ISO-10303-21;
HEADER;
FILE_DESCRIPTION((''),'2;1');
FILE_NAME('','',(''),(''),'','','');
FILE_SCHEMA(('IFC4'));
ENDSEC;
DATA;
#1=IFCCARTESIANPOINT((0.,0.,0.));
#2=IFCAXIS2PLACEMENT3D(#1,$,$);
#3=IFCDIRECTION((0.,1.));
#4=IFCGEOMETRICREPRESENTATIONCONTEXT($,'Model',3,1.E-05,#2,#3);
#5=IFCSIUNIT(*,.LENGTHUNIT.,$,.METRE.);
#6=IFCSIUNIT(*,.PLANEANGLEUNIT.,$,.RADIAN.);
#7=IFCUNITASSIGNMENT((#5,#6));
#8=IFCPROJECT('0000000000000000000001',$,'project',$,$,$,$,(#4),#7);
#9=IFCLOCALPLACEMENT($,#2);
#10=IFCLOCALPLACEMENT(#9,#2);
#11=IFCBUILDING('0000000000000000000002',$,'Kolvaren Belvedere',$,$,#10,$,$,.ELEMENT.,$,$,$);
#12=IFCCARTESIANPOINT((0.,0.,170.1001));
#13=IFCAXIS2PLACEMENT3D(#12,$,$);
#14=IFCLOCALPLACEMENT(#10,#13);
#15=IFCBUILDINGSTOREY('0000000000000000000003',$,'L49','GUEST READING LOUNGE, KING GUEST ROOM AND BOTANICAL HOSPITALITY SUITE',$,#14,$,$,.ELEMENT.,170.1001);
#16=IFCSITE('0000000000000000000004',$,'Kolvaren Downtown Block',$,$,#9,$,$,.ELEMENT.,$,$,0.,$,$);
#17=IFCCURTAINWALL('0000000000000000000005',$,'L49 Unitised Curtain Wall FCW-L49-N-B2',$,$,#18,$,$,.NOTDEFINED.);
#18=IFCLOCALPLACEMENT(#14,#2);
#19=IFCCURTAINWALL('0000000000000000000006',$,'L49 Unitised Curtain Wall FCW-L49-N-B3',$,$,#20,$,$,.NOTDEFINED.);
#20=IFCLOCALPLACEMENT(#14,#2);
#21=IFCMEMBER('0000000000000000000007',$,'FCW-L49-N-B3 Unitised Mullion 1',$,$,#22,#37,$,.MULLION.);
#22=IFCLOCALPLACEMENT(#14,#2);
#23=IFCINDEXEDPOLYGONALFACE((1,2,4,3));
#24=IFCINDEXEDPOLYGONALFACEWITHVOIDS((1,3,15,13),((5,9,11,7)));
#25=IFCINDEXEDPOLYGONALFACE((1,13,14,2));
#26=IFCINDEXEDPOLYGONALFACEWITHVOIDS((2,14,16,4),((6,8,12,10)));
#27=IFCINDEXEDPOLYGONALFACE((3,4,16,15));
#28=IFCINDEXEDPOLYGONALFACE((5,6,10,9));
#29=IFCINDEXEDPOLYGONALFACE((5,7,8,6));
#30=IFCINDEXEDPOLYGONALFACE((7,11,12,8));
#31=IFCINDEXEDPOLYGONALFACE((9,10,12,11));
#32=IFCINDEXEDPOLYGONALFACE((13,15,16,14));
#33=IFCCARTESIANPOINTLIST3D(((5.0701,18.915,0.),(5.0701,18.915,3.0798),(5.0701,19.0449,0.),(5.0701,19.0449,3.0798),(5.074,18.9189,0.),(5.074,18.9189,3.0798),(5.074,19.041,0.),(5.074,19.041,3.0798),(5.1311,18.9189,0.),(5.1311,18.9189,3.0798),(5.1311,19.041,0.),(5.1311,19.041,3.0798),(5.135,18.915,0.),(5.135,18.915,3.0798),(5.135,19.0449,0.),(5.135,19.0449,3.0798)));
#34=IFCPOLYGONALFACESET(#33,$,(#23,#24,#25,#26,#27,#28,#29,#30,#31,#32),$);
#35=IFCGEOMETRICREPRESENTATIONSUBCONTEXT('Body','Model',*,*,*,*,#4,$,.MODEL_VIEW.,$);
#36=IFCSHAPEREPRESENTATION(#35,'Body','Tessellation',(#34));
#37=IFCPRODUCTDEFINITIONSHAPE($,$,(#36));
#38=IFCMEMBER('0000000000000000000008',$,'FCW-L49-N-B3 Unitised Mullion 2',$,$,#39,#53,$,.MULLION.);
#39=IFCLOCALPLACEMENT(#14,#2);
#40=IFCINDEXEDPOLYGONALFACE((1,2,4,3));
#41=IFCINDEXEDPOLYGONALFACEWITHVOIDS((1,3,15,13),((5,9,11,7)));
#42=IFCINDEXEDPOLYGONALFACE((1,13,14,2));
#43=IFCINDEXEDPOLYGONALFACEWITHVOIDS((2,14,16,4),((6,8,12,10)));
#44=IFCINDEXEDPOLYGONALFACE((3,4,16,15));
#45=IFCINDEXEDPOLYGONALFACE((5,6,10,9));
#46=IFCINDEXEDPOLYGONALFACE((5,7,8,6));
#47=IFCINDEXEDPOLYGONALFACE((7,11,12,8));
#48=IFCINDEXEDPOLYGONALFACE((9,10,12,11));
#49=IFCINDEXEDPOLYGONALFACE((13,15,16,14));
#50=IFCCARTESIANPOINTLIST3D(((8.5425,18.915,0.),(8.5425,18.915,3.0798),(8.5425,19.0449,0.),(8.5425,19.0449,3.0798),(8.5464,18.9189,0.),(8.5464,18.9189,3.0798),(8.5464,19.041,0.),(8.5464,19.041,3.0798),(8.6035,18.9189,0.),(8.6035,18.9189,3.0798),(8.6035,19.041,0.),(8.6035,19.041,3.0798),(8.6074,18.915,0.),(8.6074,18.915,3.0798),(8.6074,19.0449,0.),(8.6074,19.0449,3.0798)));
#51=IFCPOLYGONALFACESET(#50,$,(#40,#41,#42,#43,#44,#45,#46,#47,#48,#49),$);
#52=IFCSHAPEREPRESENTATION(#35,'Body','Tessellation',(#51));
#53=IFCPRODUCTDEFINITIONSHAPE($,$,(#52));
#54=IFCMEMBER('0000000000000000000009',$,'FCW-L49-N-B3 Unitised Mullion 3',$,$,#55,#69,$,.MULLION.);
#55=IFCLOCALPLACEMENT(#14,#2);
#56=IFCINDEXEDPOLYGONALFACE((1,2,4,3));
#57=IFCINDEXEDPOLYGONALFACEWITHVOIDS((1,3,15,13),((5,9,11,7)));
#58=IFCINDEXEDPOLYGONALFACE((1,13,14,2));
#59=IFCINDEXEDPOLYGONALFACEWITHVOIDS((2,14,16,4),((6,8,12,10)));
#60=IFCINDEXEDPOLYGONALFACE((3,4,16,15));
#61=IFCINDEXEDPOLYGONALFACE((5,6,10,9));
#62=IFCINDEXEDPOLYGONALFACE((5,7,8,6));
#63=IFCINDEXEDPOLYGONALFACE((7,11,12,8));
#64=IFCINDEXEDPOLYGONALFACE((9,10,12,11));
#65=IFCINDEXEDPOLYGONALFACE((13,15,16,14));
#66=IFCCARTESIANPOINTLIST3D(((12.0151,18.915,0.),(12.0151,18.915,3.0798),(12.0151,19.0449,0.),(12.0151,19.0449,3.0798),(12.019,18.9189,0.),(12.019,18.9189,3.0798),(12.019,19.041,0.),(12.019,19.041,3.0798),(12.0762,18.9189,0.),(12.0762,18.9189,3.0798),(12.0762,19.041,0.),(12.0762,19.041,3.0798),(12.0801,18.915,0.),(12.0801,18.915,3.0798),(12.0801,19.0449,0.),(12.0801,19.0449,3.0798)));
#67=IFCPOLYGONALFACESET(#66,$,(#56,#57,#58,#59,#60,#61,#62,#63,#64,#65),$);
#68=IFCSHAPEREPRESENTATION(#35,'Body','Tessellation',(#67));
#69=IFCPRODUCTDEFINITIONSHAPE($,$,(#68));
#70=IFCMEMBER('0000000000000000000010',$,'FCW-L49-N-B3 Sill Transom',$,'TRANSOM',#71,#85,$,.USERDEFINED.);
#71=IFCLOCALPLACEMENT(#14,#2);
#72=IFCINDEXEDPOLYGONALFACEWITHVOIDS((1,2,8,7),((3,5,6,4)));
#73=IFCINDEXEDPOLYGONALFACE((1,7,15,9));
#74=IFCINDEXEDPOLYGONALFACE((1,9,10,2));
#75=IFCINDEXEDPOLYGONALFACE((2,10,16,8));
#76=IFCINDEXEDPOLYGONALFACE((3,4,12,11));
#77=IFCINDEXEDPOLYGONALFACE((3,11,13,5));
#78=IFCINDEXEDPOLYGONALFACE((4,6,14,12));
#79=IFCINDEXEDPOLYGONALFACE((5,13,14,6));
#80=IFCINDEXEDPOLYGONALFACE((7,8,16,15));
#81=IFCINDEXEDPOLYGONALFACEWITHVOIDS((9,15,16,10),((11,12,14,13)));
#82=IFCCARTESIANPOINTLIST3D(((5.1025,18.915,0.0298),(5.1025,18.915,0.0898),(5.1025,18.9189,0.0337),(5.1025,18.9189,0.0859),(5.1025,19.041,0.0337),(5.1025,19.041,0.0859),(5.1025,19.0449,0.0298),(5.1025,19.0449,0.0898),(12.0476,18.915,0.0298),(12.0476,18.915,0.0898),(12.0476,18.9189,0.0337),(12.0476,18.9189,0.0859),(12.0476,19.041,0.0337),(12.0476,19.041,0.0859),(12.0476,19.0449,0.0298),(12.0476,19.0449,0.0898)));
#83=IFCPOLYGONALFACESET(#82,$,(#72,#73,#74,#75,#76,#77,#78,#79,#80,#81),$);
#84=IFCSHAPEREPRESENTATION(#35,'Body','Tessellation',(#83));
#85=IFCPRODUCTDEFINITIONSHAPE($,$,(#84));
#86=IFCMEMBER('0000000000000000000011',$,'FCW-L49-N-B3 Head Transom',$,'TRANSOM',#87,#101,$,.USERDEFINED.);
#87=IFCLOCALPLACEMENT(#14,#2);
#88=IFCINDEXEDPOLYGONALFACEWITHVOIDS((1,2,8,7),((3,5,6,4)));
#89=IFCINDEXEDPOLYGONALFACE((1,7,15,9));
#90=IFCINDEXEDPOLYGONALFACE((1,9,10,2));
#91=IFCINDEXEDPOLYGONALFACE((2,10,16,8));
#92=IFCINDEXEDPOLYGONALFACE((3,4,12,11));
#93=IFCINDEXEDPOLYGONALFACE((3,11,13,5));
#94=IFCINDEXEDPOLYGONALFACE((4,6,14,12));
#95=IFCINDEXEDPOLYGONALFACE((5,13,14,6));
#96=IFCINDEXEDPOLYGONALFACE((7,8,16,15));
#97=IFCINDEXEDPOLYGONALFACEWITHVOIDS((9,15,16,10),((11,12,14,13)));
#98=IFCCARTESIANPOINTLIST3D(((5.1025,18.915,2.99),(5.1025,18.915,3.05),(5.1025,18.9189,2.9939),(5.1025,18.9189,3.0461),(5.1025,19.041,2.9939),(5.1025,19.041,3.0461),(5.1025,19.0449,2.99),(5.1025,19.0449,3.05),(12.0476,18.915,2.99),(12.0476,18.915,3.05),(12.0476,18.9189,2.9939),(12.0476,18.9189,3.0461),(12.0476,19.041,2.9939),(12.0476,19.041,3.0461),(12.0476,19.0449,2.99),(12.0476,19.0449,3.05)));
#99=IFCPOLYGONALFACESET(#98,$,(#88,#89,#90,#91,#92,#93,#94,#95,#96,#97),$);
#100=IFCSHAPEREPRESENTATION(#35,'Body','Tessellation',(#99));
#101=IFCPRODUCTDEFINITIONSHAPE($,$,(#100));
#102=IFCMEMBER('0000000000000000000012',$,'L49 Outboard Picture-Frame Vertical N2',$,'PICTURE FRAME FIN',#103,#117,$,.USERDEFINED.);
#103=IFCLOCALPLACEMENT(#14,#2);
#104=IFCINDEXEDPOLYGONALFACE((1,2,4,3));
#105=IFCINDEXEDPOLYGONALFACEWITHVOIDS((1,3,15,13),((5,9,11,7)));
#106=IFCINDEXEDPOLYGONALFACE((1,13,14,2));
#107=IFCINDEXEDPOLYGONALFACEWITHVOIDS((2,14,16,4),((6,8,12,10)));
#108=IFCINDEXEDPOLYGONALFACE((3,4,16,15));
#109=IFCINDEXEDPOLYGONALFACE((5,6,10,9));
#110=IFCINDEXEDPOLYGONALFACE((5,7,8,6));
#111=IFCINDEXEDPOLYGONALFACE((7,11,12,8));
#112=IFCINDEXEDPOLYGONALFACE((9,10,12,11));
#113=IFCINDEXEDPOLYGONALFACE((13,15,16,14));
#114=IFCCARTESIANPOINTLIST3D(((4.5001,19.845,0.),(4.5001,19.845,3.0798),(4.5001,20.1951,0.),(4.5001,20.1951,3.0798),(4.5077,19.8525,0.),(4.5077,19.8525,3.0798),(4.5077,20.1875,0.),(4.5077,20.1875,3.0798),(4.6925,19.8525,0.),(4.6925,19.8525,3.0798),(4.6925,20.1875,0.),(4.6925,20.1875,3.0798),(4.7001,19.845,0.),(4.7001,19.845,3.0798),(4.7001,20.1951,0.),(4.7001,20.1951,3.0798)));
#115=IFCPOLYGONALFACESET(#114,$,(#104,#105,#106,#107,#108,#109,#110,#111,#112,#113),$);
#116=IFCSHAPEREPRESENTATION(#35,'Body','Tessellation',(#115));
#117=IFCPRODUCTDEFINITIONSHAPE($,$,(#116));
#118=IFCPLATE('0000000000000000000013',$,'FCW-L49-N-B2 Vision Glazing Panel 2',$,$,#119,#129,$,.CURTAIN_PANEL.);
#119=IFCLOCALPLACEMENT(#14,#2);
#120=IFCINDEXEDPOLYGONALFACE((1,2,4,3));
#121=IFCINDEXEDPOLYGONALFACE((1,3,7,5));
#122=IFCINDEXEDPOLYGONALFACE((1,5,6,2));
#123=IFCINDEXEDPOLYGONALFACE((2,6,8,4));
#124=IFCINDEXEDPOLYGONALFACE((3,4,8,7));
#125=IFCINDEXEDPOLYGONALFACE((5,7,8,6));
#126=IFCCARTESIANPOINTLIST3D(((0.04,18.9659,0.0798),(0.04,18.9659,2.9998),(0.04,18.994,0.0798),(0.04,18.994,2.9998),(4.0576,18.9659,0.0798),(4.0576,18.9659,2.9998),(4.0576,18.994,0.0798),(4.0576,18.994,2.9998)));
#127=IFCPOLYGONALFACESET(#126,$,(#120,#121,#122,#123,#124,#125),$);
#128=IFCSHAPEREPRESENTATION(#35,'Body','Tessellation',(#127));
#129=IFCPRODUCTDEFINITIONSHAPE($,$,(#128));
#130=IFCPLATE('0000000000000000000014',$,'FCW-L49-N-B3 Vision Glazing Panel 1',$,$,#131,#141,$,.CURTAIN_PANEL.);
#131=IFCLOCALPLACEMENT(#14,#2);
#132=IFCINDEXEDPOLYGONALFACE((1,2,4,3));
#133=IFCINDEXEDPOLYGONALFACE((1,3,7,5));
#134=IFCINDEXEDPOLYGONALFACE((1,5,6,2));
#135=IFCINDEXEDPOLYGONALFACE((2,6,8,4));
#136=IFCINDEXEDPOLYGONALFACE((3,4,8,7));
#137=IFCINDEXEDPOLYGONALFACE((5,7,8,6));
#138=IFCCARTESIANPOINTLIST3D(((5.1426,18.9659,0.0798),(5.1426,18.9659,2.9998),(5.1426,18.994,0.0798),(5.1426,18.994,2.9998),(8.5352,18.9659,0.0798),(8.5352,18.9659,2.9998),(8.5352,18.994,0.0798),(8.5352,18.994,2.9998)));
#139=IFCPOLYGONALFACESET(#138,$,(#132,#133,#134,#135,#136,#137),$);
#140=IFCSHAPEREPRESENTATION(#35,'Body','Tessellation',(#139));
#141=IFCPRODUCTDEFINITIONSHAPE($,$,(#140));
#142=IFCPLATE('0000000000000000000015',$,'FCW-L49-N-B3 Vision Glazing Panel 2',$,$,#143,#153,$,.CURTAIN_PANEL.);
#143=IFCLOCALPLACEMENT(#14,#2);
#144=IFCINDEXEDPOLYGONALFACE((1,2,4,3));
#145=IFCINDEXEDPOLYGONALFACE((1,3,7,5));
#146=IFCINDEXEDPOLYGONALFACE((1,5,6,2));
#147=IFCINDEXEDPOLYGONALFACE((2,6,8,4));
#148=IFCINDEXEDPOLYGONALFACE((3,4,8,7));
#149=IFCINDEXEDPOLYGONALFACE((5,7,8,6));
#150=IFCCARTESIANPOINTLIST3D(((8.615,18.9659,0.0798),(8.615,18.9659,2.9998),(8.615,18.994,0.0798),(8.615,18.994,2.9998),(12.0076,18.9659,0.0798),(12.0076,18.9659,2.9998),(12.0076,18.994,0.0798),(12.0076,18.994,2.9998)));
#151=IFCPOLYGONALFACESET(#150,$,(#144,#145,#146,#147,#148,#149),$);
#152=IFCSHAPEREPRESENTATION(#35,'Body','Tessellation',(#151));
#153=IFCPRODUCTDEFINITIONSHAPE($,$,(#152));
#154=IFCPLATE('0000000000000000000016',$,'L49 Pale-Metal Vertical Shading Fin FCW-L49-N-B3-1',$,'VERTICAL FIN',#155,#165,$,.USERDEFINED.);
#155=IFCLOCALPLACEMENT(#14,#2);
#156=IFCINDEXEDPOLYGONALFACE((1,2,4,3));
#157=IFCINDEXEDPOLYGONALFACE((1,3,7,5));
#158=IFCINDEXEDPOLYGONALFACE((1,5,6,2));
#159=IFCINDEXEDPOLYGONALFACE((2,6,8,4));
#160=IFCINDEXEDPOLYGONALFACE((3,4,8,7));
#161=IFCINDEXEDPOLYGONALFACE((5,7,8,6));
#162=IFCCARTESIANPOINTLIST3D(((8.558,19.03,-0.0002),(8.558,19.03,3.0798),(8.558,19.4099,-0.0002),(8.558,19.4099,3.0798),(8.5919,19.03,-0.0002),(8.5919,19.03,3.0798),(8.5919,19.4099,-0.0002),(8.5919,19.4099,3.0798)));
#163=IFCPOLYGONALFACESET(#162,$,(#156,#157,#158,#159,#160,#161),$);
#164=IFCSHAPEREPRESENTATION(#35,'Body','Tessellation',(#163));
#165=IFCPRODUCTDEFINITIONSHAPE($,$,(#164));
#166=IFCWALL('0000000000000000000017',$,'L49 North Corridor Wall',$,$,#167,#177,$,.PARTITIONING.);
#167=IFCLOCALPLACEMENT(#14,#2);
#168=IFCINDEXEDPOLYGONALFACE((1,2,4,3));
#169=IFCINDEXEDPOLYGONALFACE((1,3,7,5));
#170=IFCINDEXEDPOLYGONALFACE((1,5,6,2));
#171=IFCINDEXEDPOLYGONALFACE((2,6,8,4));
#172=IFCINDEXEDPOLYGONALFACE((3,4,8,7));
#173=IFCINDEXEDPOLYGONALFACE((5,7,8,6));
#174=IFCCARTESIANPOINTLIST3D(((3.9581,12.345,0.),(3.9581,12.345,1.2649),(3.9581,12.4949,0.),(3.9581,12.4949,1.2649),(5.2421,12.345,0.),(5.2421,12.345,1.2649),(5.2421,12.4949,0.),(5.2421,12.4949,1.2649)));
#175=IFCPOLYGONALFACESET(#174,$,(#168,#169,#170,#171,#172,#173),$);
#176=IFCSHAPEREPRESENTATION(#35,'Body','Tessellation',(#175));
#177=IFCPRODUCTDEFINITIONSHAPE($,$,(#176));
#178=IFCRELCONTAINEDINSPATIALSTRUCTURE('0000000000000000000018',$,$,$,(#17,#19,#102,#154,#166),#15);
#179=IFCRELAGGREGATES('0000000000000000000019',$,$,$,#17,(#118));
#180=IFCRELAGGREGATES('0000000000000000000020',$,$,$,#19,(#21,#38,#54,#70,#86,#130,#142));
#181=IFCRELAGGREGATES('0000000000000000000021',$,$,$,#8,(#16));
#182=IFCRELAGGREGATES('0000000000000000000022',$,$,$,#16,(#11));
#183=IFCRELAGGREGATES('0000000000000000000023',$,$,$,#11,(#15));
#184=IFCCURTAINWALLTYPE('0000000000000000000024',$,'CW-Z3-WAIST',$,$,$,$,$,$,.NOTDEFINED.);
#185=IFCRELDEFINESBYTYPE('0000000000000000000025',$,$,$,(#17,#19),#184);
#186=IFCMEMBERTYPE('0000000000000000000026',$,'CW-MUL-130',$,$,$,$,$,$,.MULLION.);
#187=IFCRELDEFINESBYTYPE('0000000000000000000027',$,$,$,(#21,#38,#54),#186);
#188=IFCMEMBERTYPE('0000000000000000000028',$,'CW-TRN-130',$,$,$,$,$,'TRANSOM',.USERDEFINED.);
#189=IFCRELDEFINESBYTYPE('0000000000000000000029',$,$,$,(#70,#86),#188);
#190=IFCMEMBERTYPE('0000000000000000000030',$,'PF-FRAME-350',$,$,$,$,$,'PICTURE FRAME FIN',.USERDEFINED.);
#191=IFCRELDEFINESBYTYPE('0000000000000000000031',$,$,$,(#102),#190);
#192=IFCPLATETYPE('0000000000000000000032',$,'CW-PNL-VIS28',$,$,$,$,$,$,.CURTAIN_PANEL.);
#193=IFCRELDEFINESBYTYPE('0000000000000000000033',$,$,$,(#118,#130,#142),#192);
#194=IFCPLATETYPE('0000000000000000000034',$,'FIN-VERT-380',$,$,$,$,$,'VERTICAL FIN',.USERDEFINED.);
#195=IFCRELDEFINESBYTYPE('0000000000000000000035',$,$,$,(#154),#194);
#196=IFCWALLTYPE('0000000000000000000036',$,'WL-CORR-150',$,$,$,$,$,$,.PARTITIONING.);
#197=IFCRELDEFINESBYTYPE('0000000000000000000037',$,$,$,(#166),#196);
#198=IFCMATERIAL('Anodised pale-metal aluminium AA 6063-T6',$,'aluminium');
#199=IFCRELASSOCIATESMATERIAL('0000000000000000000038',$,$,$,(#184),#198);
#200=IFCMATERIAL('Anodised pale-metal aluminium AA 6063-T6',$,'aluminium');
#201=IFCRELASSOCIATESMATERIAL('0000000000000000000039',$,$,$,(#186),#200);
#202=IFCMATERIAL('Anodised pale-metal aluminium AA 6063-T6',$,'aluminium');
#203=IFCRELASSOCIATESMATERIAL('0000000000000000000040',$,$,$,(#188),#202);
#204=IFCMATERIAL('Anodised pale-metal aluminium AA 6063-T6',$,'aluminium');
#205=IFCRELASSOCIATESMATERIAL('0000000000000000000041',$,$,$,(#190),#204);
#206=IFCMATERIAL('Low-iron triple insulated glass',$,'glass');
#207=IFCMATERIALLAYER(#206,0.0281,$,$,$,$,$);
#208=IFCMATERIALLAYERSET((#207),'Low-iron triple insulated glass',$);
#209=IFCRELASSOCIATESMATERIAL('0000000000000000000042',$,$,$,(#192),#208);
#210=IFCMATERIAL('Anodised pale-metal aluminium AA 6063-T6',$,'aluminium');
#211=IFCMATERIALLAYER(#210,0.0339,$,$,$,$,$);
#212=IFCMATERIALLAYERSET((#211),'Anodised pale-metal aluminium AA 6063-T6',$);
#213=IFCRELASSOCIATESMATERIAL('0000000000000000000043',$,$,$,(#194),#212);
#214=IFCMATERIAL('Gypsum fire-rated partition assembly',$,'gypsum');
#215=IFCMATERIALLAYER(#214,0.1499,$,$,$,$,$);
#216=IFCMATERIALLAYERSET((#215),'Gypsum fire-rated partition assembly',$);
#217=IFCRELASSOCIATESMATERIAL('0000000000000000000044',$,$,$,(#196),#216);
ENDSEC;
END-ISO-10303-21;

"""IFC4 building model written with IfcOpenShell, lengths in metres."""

from ifc_helpers import new_model, si_unit, direction, frame, frame_2d, origin, origin_2d, place, context, subcontext, project, spatial, rectangle, hollow_rectangle, extrude, material, layer, layer_set, material_profile, profile_set, type_object, element, aggregate, save


model = new_model("IFC4")

# Units and contexts
model_context = context("Model", 3, precision=1e-05, world=origin(), true_north=direction((0.0, 1.0)))
body_context = subcontext(model_context, "Body", "Model", "MODEL_VIEW")
ifc_project = project(units=[si_unit("LENGTHUNIT", "METRE"), si_unit("PLANEANGLEUNIT", "RADIAN")], contexts=[model_context])

# Site, building, storey
site_placement = place(None, origin())
site = spatial("IfcSite", under=ifc_project, at=site_placement, Name="Kolvaren Downtown Block", CompositionType="ELEMENT", RefElevation=0.0)
building_placement = place(site_placement, origin())
building = spatial("IfcBuilding", under=site, at=building_placement, Name="Kolvaren Belvedere", CompositionType="ELEMENT")
storey_placement = place(building_placement, frame((0.0, 0.0, 170.1001)))
storey = spatial("IfcBuildingStorey", under=building, at=storey_placement, Name="L49", Description="GUEST READING LOUNGE, KING GUEST ROOM AND BOTANICAL HOSPITALITY SUITE", CompositionType="ELEMENT", Elevation=170.1001)

# Curtain wall
ifc_material_1 = material(Name="Anodised pale-metal aluminium AA 6063-T6", Category="aluminium")
curtain_wall_type = type_object("IfcCurtainWallType", Name="CW-Z3-WAIST", PredefinedType="NOTDEFINED", material=ifc_material_1)
curtain_wall_1_placement = place(storey_placement, origin())
curtain_wall_1 = element("IfcCurtainWall", 1, at=curtain_wall_1_placement, inside=storey, type_object=curtain_wall_type, Name="L49 Unitised Curtain Wall FCW-L49-N-B2", PredefinedType="NOTDEFINED")
ifc_material_2 = material(Name="Anodised pale-metal aluminium AA 6063-T6", Category="aluminium")
ifc_material_profile_1 = material_profile(ifc_material_2, hollow_rectangle(XDim=0.0649, YDim=0.1299, WallThickness=0.0039, at=origin_2d()), Name="ALU-MUL-130X65")
ifc_profile_set_1 = profile_set([ifc_material_profile_1], Name="Anodised pale-metal aluminium AA 6063-T6")
member_type_1 = type_object("IfcMemberType", Name="CW-MUL-130", PredefinedType="MULLION", material=ifc_profile_set_1)

# Curtain wall, members
curtain_wall_2_placement = place(storey_placement, origin())
curtain_wall_2 = element("IfcCurtainWall", 2, at=curtain_wall_2_placement, inside=storey, type_object=curtain_wall_type, Name="L49 Unitised Curtain Wall FCW-L49-N-B3", PredefinedType="NOTDEFINED")
member_1_placement = place(storey_placement, frame((5.1025, 18.98, 0.0), z_axis=(0.0, 0.0, 1.0), x_axis=(1.0, 0.0, 0.0)))
member_1 = element("IfcMember", 3, at=member_1_placement, type_object=member_type_1, Name="FCW-L49-N-B3 Unitised Mullion 1", PredefinedType="MULLION", context=body_context, shape_type="SweptSolid", body=[
    extrude(hollow_rectangle(XDim=0.0649, YDim=0.1299, WallThickness=0.0039, at=origin_2d()), origin(), (0.0, 0.0, 1.0), 3.0798),
])
member_2_placement = place(storey_placement, frame((8.575, 18.98, 0.0), z_axis=(0.0, 0.0, 1.0), x_axis=(1.0, 0.0, 0.0)))
member_2 = element("IfcMember", 4, at=member_2_placement, type_object=member_type_1, Name="FCW-L49-N-B3 Unitised Mullion 2", PredefinedType="MULLION", context=body_context, shape_type="SweptSolid", body=[
    extrude(hollow_rectangle(XDim=0.0649, YDim=0.1299, WallThickness=0.0039, at=origin_2d()), origin(), (0.0, 0.0, 1.0), 3.0798),
])
member_3_placement = place(storey_placement, frame((12.0476, 18.98, 0.0), z_axis=(0.0, 0.0, 1.0), x_axis=(1.0, 0.0, 0.0)))
member_3 = element("IfcMember", 5, at=member_3_placement, type_object=member_type_1, Name="FCW-L49-N-B3 Unitised Mullion 3", PredefinedType="MULLION", context=body_context, shape_type="SweptSolid", body=[
    extrude(hollow_rectangle(XDim=0.0649, YDim=0.1299, WallThickness=0.0039, at=origin_2d()), origin(), (0.0, 0.0, 1.0), 3.0798),
])
ifc_material_3 = material(Name="Anodised pale-metal aluminium AA 6063-T6", Category="aluminium")
ifc_material_profile_2 = material_profile(ifc_material_3, hollow_rectangle(XDim=0.0601, YDim=0.1299, WallThickness=0.0039, at=origin_2d()), Name="ALU-TRN-130X60")
ifc_profile_set_2 = profile_set([ifc_material_profile_2], Name="Anodised pale-metal aluminium AA 6063-T6")
member_type_2 = type_object("IfcMemberType", Name="CW-TRN-130", ElementType="TRANSOM", PredefinedType="USERDEFINED", material=ifc_profile_set_2)
member_4_placement = place(storey_placement, frame((5.1025, 18.98, 0.0598), z_axis=(1.0, 0.0, 0.0), x_axis=(0.0, 0.0, 1.0)))
member_4 = element("IfcMember", 6, at=member_4_placement, type_object=member_type_2, Name="FCW-L49-N-B3 Sill Transom", ObjectType="TRANSOM", PredefinedType="USERDEFINED", context=body_context, shape_type="SweptSolid", body=[
    extrude(hollow_rectangle(XDim=0.0601, YDim=0.1299, WallThickness=0.0039, at=origin_2d()), origin(), (0.0, 0.0, 1.0), 6.9451),
])
member_5_placement = place(storey_placement, frame((5.1025, 18.98, 3.02), z_axis=(1.0, 0.0, 0.0), x_axis=(0.0, 0.0, 1.0)))
member_5 = element("IfcMember", 7, at=member_5_placement, type_object=member_type_2, Name="FCW-L49-N-B3 Head Transom", ObjectType="TRANSOM", PredefinedType="USERDEFINED", context=body_context, shape_type="SweptSolid", body=[
    extrude(hollow_rectangle(XDim=0.0601, YDim=0.1299, WallThickness=0.0039, at=origin_2d()), origin(), (0.0, 0.0, 1.0), 6.9451),
])

# Member
ifc_material_4 = material(Name="Anodised pale-metal aluminium AA 6063-T6", Category="aluminium")
ifc_material_profile_3 = material_profile(ifc_material_4, hollow_rectangle(XDim=0.2, YDim=0.3501, WallThickness=0.0076, at=origin_2d()), Name="ALU-PF-350X200")
ifc_profile_set_3 = profile_set([ifc_material_profile_3], Name="Anodised pale-metal aluminium AA 6063-T6")
member_type_3 = type_object("IfcMemberType", Name="PF-FRAME-350", ElementType="PICTURE FRAME FIN", PredefinedType="USERDEFINED", material=ifc_profile_set_3)
member_6_placement = place(storey_placement, frame((4.6001, 20.02, 0.0), z_axis=(0.0, 0.0, 1.0), x_axis=(1.0, 0.0, 0.0)))
element("IfcMember", 8, at=member_6_placement, inside=storey, type_object=member_type_3, Name="L49 Outboard Picture-Frame Vertical N2", ObjectType="PICTURE FRAME FIN", PredefinedType="USERDEFINED", context=body_context, shape_type="SweptSolid", body=[
    extrude(hollow_rectangle(XDim=0.2, YDim=0.3501, WallThickness=0.0076, at=origin_2d()), origin(), (0.0, 0.0, 1.0), 3.0798),
])

# Plates
ifc_material_5 = material(Name="Low-iron triple insulated glass", Category="glass")
ifc_layer_1 = layer(ifc_material_5, 0.0281)
ifc_layer_set_1 = layer_set([ifc_layer_1], Name="Low-iron triple insulated glass")
plate_type_1 = type_object("IfcPlateType", Name="CW-PNL-VIS28", PredefinedType="CURTAIN_PANEL", material=ifc_layer_set_1)
plate_1_placement = place(storey_placement, frame((2.0488, 18.98, 0.0798), z_axis=(0.0, 0.0, 1.0), x_axis=(1.0, 0.0, 0.0)))
plate_1 = element("IfcPlate", 9, at=plate_1_placement, type_object=plate_type_1, Name="FCW-L49-N-B2 Vision Glazing Panel 2", PredefinedType="CURTAIN_PANEL", context=body_context, shape_type="SweptSolid", body=[
    extrude(rectangle(XDim=4.0176, YDim=0.0281, at=origin_2d()), origin(), (0.0, 0.0, 1.0), 2.9199),
])
aggregate(curtain_wall_1, [plate_1])
plate_2_placement = place(storey_placement, frame((6.8389, 18.98, 0.0798), z_axis=(0.0, 0.0, 1.0), x_axis=(1.0, 0.0, 0.0)))
plate_2 = element("IfcPlate", 10, at=plate_2_placement, type_object=plate_type_1, Name="FCW-L49-N-B3 Vision Glazing Panel 1", PredefinedType="CURTAIN_PANEL", context=body_context, shape_type="SweptSolid", body=[
    extrude(rectangle(XDim=3.3926, YDim=0.0281, at=origin_2d()), origin(), (0.0, 0.0, 1.0), 2.9199),
])
plate_3_placement = place(storey_placement, frame((10.3113, 18.98, 0.0798), z_axis=(0.0, 0.0, 1.0), x_axis=(1.0, 0.0, 0.0)))
plate_3 = element("IfcPlate", 11, at=plate_3_placement, type_object=plate_type_1, Name="FCW-L49-N-B3 Vision Glazing Panel 2", PredefinedType="CURTAIN_PANEL", context=body_context, shape_type="SweptSolid", body=[
    extrude(rectangle(XDim=3.3926, YDim=0.0281, at=origin_2d()), origin(), (0.0, 0.0, 1.0), 2.9199),
])
aggregate(curtain_wall_2, [member_1, member_2, member_3, member_4, member_5, plate_2, plate_3])
ifc_material_6 = material(Name="Anodised pale-metal aluminium AA 6063-T6", Category="aluminium")
ifc_layer_2 = layer(ifc_material_6, 0.0339)
ifc_layer_set_2 = layer_set([ifc_layer_2], Name="Anodised pale-metal aluminium AA 6063-T6")
plate_type_2 = type_object("IfcPlateType", Name="FIN-VERT-380", ElementType="VERTICAL FIN", PredefinedType="USERDEFINED", material=ifc_layer_set_2)
plate_4_placement = place(storey_placement, frame((8.575, 19.22, -0.0002), z_axis=(0.0, 0.0, 1.0), x_axis=(0.0, 1.0, 0.0)))
element("IfcPlate", 12, at=plate_4_placement, inside=storey, type_object=plate_type_2, Name="L49 Pale-Metal Vertical Shading Fin FCW-L49-N-B3-1", ObjectType="VERTICAL FIN", PredefinedType="USERDEFINED", context=body_context, shape_type="SweptSolid", body=[
    extrude(rectangle(XDim=0.3799, YDim=0.0339, at=origin_2d()), origin(), (0.0, 0.0, 1.0), 3.0801),
])

# Wall
ifc_material_7 = material(Name="Gypsum fire-rated partition assembly", Category="gypsum")
ifc_layer_3 = layer(ifc_material_7, 0.1499)
ifc_layer_set_3 = layer_set([ifc_layer_3], Name="Gypsum fire-rated partition assembly")
wall_type_1 = type_object("IfcWallType", Name="WL-CORR-150", PredefinedType="PARTITIONING", material=ifc_layer_set_3)
wall_1_placement = place(storey_placement, frame((3.958, 12.4199, 0.0), z_axis=(0.0, 0.0, 1.0), x_axis=(1.0, 0.0, 0.0)))
element("IfcWall", 13, at=wall_1_placement, inside=storey, type_object=wall_type_1, Name="L49 North Corridor Wall", PredefinedType="PARTITIONING", context=body_context, shape_type="SweptSolid", body=[
    extrude(rectangle(XDim=1.2839, YDim=0.1499, at=frame_2d((0.6421, 0.0))), origin(), (0.0, 0.0, 1.0), 1.2649),
])

save(model, "model.ifc")
